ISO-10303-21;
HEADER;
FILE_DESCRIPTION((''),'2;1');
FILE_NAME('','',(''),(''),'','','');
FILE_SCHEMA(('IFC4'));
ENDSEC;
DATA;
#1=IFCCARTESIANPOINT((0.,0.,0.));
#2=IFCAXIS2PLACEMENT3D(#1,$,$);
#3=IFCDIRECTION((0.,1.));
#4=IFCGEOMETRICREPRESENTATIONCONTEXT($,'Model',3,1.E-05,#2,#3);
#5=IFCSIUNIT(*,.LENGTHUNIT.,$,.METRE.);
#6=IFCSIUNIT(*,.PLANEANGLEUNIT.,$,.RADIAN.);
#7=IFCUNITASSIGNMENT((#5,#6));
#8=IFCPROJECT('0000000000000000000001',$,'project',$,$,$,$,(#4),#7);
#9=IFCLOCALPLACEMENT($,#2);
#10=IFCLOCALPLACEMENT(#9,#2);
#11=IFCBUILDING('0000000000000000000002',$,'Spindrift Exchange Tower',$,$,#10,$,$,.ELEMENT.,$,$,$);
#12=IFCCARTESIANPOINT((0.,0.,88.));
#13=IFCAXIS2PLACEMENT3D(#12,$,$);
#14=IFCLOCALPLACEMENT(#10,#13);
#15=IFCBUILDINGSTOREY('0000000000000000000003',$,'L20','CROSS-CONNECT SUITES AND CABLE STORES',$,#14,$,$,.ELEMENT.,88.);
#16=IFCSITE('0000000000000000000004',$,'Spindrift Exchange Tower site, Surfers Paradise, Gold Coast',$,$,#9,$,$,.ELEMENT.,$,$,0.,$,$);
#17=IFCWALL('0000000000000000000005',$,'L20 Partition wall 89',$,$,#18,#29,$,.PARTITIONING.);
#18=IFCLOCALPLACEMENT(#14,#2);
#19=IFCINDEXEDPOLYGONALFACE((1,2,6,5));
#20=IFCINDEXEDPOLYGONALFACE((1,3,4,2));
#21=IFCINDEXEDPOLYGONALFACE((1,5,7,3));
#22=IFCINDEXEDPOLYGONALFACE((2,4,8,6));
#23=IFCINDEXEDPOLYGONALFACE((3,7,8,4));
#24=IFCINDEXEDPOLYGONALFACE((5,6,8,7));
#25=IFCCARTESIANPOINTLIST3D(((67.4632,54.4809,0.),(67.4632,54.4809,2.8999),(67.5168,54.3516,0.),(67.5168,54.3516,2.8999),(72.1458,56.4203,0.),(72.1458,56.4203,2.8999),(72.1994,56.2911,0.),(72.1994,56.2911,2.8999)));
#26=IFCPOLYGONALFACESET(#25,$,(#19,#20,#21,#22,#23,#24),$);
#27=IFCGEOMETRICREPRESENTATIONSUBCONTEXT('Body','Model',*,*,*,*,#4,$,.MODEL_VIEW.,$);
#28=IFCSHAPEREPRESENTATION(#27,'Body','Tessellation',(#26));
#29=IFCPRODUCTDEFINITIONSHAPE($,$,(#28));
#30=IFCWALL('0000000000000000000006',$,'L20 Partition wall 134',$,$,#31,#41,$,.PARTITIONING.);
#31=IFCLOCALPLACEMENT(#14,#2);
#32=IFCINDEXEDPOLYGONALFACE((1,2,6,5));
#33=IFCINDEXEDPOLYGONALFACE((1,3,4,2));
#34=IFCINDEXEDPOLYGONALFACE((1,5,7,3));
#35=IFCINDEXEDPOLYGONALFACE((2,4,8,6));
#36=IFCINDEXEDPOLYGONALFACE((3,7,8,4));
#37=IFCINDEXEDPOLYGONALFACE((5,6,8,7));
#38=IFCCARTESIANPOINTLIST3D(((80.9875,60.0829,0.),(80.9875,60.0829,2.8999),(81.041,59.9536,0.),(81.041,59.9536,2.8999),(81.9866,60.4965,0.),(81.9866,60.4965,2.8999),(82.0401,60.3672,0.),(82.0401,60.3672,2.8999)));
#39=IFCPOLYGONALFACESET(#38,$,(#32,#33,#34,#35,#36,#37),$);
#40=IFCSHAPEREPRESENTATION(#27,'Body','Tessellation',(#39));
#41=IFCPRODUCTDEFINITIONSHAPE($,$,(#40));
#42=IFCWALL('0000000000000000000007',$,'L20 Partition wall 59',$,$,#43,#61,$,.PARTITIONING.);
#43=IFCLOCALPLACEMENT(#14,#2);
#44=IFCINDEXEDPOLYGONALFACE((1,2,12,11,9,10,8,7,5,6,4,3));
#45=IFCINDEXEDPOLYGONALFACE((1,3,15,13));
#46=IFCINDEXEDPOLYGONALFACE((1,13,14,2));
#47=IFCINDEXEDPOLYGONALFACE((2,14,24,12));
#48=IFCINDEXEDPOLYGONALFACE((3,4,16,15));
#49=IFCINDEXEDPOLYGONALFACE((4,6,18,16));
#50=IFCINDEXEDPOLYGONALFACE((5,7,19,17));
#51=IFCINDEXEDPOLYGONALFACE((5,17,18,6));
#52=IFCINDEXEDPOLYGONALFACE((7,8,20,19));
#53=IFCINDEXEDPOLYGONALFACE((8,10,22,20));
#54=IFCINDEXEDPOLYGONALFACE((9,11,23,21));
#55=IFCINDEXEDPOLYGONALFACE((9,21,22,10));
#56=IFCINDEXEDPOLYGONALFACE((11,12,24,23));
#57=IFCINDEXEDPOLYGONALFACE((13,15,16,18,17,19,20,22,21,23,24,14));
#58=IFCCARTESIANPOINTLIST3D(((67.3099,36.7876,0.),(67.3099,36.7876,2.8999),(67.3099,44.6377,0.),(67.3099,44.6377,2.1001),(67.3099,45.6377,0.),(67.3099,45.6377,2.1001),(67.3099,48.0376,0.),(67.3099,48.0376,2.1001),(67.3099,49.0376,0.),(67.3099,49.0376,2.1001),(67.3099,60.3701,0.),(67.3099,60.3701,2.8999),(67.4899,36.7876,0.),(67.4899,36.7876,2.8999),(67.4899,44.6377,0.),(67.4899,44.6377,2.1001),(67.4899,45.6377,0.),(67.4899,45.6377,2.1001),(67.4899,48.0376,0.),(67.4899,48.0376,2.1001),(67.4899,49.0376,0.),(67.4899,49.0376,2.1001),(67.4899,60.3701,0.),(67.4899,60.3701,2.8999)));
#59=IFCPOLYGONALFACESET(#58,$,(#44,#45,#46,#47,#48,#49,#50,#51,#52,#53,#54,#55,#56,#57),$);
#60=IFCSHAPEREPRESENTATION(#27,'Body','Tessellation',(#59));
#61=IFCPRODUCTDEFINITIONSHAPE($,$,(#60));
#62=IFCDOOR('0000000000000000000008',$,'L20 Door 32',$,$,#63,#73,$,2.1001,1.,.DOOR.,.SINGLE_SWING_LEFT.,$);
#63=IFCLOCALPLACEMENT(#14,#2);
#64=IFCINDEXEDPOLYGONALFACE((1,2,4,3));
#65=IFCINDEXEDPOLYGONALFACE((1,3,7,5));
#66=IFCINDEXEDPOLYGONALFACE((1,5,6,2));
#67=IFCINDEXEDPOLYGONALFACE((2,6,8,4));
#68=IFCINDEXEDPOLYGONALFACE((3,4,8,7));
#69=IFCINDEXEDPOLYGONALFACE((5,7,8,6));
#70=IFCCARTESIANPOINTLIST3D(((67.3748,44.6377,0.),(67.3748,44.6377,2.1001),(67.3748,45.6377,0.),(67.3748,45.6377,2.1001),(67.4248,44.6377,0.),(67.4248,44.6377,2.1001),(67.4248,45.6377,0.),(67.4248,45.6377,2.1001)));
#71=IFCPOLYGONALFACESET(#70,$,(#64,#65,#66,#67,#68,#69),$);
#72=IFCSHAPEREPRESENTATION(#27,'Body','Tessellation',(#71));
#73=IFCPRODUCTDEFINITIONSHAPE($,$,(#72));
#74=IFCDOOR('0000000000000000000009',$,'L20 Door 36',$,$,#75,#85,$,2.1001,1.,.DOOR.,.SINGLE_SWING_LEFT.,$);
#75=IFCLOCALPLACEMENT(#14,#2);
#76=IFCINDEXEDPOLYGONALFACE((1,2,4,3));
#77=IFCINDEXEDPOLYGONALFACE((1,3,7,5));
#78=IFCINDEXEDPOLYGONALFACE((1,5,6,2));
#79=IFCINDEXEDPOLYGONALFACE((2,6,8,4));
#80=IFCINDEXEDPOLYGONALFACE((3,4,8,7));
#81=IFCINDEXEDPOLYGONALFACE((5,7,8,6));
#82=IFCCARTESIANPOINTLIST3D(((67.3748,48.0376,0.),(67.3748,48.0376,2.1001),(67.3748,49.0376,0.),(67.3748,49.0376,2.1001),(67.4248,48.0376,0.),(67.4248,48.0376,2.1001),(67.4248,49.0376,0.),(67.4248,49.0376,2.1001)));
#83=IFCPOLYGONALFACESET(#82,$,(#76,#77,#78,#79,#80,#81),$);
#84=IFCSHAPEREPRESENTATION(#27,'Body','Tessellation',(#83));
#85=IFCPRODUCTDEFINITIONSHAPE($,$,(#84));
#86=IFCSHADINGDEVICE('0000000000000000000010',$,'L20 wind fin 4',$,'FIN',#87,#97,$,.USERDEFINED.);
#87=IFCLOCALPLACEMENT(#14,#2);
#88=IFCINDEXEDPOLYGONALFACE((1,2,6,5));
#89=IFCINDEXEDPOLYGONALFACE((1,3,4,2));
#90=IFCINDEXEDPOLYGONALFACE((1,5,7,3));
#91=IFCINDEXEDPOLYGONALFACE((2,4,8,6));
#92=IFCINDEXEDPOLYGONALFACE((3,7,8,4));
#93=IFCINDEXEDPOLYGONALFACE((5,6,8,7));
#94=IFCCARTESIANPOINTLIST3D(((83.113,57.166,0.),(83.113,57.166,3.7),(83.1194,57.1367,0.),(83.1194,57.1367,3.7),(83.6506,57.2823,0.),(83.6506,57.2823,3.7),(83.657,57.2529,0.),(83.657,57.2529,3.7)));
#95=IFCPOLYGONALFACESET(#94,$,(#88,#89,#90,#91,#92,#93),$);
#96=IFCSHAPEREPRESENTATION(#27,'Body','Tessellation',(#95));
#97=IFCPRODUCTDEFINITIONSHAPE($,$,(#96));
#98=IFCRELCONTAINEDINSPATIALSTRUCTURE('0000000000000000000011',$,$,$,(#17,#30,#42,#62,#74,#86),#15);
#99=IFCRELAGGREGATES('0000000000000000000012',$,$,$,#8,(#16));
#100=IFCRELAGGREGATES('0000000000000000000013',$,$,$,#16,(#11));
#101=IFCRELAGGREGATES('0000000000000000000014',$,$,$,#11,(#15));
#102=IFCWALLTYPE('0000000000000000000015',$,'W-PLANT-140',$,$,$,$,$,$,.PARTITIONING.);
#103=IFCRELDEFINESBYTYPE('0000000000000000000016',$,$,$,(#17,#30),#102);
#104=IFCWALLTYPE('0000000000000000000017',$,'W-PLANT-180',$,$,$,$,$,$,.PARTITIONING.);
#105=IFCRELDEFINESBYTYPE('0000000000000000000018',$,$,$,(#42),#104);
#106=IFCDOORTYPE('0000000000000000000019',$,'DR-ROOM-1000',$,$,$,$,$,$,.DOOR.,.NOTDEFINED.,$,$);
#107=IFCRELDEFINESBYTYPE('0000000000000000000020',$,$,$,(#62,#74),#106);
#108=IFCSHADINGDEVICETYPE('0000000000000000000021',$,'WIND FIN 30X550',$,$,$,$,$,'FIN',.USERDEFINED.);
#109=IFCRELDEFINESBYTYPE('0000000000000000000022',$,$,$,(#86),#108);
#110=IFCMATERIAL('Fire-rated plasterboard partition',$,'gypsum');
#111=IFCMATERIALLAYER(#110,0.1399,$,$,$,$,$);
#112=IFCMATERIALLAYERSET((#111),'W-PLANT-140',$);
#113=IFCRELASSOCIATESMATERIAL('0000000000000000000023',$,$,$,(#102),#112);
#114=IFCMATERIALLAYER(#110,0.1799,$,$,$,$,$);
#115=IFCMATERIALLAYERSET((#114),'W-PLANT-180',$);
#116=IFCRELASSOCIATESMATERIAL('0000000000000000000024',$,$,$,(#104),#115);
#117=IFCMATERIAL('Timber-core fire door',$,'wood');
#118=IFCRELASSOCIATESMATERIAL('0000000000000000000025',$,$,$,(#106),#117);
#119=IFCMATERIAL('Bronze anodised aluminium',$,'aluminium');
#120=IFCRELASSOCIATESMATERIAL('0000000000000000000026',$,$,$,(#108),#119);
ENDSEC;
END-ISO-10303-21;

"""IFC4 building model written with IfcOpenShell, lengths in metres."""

from ifc_helpers import new_model, si_unit, direction, frame, frame_2d, origin, origin_2d, place, context, subcontext, project, spatial, rectangle, extrude, source, transform, mapped, material, layer, layer_set, material_profile, profile_set, type_object, element, fill, save


model = new_model("IFC4")

# Units and contexts
model_context = context("Model", 3, precision=1e-05, world=origin(), true_north=direction((0.0, 1.0)))
body_context = subcontext(model_context, "Body", "Model", "MODEL_VIEW")
ifc_project = project(units=[si_unit("LENGTHUNIT", "METRE"), si_unit("PLANEANGLEUNIT", "RADIAN")], contexts=[model_context])

# Site, building, storey
site_placement = place(None, origin())
site = spatial("IfcSite", under=ifc_project, at=site_placement, Name="Spindrift Exchange Tower site, Surfers Paradise, Gold Coast", CompositionType="ELEMENT", RefElevation=0.0)
building_placement = place(site_placement, origin())
building = spatial("IfcBuilding", under=site, at=building_placement, Name="Spindrift Exchange Tower", CompositionType="ELEMENT")
storey_placement = place(building_placement, frame((0.0, 0.0, 88.0)))
storey = spatial("IfcBuildingStorey", under=building, at=storey_placement, Name="L20", Description="CROSS-CONNECT SUITES AND CABLE STORES", CompositionType="ELEMENT", Elevation=88.0)

# Shared definitions
ifc_material_1 = material(Name="Bronze anodised aluminium", Category="aluminium")

# Walls
ifc_material_2 = material(Name="Fire-rated plasterboard partition", Category="gypsum")
ifc_layer_1 = layer(ifc_material_2, 0.1399)
ifc_layer_set_1 = layer_set([ifc_layer_1], Name="W-PLANT-140")
wall_type_1 = type_object("IfcWallType", Name="W-PLANT-140", PredefinedType="PARTITIONING", material=ifc_layer_set_1)
wall_1_placement = place(storey_placement, frame((67.49, 54.4163, 0.0), z_axis=(0.0, 0.0, 1.0), x_axis=(0.92389, 0.382658, 0.0)))
element("IfcWall", 1, at=wall_1_placement, inside=storey, type_object=wall_type_1, Name="L20 Partition wall 89", PredefinedType="PARTITIONING", context=body_context, shape_type="SweptSolid", body=[
    extrude(rectangle(XDim=5.0684, YDim=0.1399, at=frame_2d((2.5342, 0.0))), origin(), (0.0, 0.0, 1.0), 2.8999),
])
wall_2_placement = place(storey_placement, frame((81.0144, 60.0183, 0.0), z_axis=(0.0, 0.0, 1.0), x_axis=(0.923956, 0.382498, 0.0)))
element("IfcWall", 2, at=wall_2_placement, inside=storey, type_object=wall_type_1, Name="L20 Partition wall 134", PredefinedType="PARTITIONING", context=body_context, shape_type="SweptSolid", body=[
    extrude(rectangle(XDim=1.0813, YDim=0.1399, at=frame_2d((0.5405, 0.0))), origin(), (0.0, 0.0, 1.0), 2.8999),
])

# Wall, openings, doors
ifc_layer_2 = layer(ifc_material_2, 0.1799)
ifc_layer_set_2 = layer_set([ifc_layer_2], Name="W-PLANT-180")
wall_type_2 = type_object("IfcWallType", Name="W-PLANT-180", PredefinedType="PARTITIONING", material=ifc_layer_set_2)
wall_3_placement = place(storey_placement, frame((67.3999, 60.3701, 0.0), z_axis=(0.0, 0.0, 1.0), x_axis=(0.0, -1.0, 0.0)))
wall_3 = element("IfcWall", 3, at=wall_3_placement, inside=storey, type_object=wall_type_2, Name="L20 Partition wall 59", PredefinedType="PARTITIONING", context=body_context, shape_type="SweptSolid", body=[
    extrude(rectangle(XDim=23.5825, YDim=0.1799, at=frame_2d((11.7913, 0.0))), origin(), (0.0, 0.0, 1.0), 2.8999),
])
opening_1_placement = place(wall_3_placement, frame((14.7324, 0.0, 0.0)))
opening_1 = element("IfcOpeningElement", 4, at=opening_1_placement, cuts=wall_3, PredefinedType="OPENING", context=body_context, shape_type="SweptSolid", body=[
    extrude(rectangle(XDim=1.0, YDim=2.1001, at=frame_2d((0.5, 1.05))), frame((0.0, 0.0999, 0.0), z_axis=(0.0, -1.0, 0.0), x_axis=(1.0, 0.0, 0.0)), (0.0, 0.0, 1.0), 0.2),
])
opening_2_placement = place(wall_3_placement, frame((11.3325, 0.0, 0.0)))
opening_2 = element("IfcOpeningElement", 5, at=opening_2_placement, cuts=wall_3, PredefinedType="OPENING", context=body_context, shape_type="SweptSolid", body=[
    extrude(rectangle(XDim=1.0, YDim=2.1001, at=frame_2d((0.5, 1.05))), frame((0.0, 0.0999, 0.0), z_axis=(0.0, -1.0, 0.0), x_axis=(1.0, 0.0, 0.0)), (0.0, 0.0, 1.0), 0.2),
])
ifc_material_3 = material(Name="Timber-core fire door", Category="wood")
door_type = type_object("IfcDoorType", Name="DR-ROOM-1000", OperationType="NOTDEFINED", PredefinedType="DOOR", material=ifc_material_3)
shared_shape_1 = source(origin(), body_context, "Body", "SweptSolid", [
    extrude(rectangle(XDim=1.0, YDim=2.1001, at=frame_2d((0.5, 1.05))), frame((0.0, 0.0249, 0.0), z_axis=(0.0, -1.0, 0.0), x_axis=(1.0, 0.0, 0.0)), (0.0, 0.0, 1.0), 0.05),
])
door_1_placement = place(opening_1_placement, origin())
door_1 = element("IfcDoor", 6, at=door_1_placement, inside=storey, type_object=door_type, Name="L20 Door 32", OperationType="SINGLE_SWING_LEFT", OverallHeight=2.1001, OverallWidth=1.0, PredefinedType="DOOR", context=body_context, shape_type="MappedRepresentation", body=[
    mapped(shared_shape_1, transform((0.0, 0.0, 0.0), scale=1.0)),
])
fill(opening_1, door_1)
door_2_placement = place(opening_2_placement, origin())
door_2 = element("IfcDoor", 7, at=door_2_placement, inside=storey, type_object=door_type, Name="L20 Door 36", OperationType="SINGLE_SWING_LEFT", OverallHeight=2.1001, OverallWidth=1.0, PredefinedType="DOOR", context=body_context, shape_type="MappedRepresentation", body=[
    mapped(shared_shape_1, transform((0.0, 0.0, 0.0), scale=1.0)),
])
fill(opening_2, door_2)

# Shading device
ifc_material_profile_1 = material_profile(ifc_material_1, rectangle(XDim=0.03, YDim=0.55, at=origin_2d()), Name="WIND FIN 30X550")
ifc_profile_set_1 = profile_set([ifc_material_profile_1], Name="Bronze anodised aluminium")
shading_device_type = type_object("IfcShadingDeviceType", Name="WIND FIN 30X550", ElementType="FIN", PredefinedType="USERDEFINED", material=ifc_profile_set_1)
shared_shape_2 = source(origin(), body_context, "Body", "SweptSolid", [
    extrude(rectangle(XDim=0.03, YDim=0.55, at=origin_2d()), origin(), (0.0, 0.0, 1.0), 3.7),
])
shading_device_placement = place(storey_placement, frame((83.385, 57.2095, 0.0), z_axis=(0.0, 0.0, 1.0), x_axis=(-0.211367, 0.977407, 0.0)))
element("IfcShadingDevice", 8, at=shading_device_placement, inside=storey, type_object=shading_device_type, Name="L20 wind fin 4", ObjectType="FIN", PredefinedType="USERDEFINED", context=body_context, shape_type="MappedRepresentation", body=[
    mapped(shared_shape_2, transform((0.0, 0.0, 0.0), scale=1.0)),
])

save(model, "model.ifc")
